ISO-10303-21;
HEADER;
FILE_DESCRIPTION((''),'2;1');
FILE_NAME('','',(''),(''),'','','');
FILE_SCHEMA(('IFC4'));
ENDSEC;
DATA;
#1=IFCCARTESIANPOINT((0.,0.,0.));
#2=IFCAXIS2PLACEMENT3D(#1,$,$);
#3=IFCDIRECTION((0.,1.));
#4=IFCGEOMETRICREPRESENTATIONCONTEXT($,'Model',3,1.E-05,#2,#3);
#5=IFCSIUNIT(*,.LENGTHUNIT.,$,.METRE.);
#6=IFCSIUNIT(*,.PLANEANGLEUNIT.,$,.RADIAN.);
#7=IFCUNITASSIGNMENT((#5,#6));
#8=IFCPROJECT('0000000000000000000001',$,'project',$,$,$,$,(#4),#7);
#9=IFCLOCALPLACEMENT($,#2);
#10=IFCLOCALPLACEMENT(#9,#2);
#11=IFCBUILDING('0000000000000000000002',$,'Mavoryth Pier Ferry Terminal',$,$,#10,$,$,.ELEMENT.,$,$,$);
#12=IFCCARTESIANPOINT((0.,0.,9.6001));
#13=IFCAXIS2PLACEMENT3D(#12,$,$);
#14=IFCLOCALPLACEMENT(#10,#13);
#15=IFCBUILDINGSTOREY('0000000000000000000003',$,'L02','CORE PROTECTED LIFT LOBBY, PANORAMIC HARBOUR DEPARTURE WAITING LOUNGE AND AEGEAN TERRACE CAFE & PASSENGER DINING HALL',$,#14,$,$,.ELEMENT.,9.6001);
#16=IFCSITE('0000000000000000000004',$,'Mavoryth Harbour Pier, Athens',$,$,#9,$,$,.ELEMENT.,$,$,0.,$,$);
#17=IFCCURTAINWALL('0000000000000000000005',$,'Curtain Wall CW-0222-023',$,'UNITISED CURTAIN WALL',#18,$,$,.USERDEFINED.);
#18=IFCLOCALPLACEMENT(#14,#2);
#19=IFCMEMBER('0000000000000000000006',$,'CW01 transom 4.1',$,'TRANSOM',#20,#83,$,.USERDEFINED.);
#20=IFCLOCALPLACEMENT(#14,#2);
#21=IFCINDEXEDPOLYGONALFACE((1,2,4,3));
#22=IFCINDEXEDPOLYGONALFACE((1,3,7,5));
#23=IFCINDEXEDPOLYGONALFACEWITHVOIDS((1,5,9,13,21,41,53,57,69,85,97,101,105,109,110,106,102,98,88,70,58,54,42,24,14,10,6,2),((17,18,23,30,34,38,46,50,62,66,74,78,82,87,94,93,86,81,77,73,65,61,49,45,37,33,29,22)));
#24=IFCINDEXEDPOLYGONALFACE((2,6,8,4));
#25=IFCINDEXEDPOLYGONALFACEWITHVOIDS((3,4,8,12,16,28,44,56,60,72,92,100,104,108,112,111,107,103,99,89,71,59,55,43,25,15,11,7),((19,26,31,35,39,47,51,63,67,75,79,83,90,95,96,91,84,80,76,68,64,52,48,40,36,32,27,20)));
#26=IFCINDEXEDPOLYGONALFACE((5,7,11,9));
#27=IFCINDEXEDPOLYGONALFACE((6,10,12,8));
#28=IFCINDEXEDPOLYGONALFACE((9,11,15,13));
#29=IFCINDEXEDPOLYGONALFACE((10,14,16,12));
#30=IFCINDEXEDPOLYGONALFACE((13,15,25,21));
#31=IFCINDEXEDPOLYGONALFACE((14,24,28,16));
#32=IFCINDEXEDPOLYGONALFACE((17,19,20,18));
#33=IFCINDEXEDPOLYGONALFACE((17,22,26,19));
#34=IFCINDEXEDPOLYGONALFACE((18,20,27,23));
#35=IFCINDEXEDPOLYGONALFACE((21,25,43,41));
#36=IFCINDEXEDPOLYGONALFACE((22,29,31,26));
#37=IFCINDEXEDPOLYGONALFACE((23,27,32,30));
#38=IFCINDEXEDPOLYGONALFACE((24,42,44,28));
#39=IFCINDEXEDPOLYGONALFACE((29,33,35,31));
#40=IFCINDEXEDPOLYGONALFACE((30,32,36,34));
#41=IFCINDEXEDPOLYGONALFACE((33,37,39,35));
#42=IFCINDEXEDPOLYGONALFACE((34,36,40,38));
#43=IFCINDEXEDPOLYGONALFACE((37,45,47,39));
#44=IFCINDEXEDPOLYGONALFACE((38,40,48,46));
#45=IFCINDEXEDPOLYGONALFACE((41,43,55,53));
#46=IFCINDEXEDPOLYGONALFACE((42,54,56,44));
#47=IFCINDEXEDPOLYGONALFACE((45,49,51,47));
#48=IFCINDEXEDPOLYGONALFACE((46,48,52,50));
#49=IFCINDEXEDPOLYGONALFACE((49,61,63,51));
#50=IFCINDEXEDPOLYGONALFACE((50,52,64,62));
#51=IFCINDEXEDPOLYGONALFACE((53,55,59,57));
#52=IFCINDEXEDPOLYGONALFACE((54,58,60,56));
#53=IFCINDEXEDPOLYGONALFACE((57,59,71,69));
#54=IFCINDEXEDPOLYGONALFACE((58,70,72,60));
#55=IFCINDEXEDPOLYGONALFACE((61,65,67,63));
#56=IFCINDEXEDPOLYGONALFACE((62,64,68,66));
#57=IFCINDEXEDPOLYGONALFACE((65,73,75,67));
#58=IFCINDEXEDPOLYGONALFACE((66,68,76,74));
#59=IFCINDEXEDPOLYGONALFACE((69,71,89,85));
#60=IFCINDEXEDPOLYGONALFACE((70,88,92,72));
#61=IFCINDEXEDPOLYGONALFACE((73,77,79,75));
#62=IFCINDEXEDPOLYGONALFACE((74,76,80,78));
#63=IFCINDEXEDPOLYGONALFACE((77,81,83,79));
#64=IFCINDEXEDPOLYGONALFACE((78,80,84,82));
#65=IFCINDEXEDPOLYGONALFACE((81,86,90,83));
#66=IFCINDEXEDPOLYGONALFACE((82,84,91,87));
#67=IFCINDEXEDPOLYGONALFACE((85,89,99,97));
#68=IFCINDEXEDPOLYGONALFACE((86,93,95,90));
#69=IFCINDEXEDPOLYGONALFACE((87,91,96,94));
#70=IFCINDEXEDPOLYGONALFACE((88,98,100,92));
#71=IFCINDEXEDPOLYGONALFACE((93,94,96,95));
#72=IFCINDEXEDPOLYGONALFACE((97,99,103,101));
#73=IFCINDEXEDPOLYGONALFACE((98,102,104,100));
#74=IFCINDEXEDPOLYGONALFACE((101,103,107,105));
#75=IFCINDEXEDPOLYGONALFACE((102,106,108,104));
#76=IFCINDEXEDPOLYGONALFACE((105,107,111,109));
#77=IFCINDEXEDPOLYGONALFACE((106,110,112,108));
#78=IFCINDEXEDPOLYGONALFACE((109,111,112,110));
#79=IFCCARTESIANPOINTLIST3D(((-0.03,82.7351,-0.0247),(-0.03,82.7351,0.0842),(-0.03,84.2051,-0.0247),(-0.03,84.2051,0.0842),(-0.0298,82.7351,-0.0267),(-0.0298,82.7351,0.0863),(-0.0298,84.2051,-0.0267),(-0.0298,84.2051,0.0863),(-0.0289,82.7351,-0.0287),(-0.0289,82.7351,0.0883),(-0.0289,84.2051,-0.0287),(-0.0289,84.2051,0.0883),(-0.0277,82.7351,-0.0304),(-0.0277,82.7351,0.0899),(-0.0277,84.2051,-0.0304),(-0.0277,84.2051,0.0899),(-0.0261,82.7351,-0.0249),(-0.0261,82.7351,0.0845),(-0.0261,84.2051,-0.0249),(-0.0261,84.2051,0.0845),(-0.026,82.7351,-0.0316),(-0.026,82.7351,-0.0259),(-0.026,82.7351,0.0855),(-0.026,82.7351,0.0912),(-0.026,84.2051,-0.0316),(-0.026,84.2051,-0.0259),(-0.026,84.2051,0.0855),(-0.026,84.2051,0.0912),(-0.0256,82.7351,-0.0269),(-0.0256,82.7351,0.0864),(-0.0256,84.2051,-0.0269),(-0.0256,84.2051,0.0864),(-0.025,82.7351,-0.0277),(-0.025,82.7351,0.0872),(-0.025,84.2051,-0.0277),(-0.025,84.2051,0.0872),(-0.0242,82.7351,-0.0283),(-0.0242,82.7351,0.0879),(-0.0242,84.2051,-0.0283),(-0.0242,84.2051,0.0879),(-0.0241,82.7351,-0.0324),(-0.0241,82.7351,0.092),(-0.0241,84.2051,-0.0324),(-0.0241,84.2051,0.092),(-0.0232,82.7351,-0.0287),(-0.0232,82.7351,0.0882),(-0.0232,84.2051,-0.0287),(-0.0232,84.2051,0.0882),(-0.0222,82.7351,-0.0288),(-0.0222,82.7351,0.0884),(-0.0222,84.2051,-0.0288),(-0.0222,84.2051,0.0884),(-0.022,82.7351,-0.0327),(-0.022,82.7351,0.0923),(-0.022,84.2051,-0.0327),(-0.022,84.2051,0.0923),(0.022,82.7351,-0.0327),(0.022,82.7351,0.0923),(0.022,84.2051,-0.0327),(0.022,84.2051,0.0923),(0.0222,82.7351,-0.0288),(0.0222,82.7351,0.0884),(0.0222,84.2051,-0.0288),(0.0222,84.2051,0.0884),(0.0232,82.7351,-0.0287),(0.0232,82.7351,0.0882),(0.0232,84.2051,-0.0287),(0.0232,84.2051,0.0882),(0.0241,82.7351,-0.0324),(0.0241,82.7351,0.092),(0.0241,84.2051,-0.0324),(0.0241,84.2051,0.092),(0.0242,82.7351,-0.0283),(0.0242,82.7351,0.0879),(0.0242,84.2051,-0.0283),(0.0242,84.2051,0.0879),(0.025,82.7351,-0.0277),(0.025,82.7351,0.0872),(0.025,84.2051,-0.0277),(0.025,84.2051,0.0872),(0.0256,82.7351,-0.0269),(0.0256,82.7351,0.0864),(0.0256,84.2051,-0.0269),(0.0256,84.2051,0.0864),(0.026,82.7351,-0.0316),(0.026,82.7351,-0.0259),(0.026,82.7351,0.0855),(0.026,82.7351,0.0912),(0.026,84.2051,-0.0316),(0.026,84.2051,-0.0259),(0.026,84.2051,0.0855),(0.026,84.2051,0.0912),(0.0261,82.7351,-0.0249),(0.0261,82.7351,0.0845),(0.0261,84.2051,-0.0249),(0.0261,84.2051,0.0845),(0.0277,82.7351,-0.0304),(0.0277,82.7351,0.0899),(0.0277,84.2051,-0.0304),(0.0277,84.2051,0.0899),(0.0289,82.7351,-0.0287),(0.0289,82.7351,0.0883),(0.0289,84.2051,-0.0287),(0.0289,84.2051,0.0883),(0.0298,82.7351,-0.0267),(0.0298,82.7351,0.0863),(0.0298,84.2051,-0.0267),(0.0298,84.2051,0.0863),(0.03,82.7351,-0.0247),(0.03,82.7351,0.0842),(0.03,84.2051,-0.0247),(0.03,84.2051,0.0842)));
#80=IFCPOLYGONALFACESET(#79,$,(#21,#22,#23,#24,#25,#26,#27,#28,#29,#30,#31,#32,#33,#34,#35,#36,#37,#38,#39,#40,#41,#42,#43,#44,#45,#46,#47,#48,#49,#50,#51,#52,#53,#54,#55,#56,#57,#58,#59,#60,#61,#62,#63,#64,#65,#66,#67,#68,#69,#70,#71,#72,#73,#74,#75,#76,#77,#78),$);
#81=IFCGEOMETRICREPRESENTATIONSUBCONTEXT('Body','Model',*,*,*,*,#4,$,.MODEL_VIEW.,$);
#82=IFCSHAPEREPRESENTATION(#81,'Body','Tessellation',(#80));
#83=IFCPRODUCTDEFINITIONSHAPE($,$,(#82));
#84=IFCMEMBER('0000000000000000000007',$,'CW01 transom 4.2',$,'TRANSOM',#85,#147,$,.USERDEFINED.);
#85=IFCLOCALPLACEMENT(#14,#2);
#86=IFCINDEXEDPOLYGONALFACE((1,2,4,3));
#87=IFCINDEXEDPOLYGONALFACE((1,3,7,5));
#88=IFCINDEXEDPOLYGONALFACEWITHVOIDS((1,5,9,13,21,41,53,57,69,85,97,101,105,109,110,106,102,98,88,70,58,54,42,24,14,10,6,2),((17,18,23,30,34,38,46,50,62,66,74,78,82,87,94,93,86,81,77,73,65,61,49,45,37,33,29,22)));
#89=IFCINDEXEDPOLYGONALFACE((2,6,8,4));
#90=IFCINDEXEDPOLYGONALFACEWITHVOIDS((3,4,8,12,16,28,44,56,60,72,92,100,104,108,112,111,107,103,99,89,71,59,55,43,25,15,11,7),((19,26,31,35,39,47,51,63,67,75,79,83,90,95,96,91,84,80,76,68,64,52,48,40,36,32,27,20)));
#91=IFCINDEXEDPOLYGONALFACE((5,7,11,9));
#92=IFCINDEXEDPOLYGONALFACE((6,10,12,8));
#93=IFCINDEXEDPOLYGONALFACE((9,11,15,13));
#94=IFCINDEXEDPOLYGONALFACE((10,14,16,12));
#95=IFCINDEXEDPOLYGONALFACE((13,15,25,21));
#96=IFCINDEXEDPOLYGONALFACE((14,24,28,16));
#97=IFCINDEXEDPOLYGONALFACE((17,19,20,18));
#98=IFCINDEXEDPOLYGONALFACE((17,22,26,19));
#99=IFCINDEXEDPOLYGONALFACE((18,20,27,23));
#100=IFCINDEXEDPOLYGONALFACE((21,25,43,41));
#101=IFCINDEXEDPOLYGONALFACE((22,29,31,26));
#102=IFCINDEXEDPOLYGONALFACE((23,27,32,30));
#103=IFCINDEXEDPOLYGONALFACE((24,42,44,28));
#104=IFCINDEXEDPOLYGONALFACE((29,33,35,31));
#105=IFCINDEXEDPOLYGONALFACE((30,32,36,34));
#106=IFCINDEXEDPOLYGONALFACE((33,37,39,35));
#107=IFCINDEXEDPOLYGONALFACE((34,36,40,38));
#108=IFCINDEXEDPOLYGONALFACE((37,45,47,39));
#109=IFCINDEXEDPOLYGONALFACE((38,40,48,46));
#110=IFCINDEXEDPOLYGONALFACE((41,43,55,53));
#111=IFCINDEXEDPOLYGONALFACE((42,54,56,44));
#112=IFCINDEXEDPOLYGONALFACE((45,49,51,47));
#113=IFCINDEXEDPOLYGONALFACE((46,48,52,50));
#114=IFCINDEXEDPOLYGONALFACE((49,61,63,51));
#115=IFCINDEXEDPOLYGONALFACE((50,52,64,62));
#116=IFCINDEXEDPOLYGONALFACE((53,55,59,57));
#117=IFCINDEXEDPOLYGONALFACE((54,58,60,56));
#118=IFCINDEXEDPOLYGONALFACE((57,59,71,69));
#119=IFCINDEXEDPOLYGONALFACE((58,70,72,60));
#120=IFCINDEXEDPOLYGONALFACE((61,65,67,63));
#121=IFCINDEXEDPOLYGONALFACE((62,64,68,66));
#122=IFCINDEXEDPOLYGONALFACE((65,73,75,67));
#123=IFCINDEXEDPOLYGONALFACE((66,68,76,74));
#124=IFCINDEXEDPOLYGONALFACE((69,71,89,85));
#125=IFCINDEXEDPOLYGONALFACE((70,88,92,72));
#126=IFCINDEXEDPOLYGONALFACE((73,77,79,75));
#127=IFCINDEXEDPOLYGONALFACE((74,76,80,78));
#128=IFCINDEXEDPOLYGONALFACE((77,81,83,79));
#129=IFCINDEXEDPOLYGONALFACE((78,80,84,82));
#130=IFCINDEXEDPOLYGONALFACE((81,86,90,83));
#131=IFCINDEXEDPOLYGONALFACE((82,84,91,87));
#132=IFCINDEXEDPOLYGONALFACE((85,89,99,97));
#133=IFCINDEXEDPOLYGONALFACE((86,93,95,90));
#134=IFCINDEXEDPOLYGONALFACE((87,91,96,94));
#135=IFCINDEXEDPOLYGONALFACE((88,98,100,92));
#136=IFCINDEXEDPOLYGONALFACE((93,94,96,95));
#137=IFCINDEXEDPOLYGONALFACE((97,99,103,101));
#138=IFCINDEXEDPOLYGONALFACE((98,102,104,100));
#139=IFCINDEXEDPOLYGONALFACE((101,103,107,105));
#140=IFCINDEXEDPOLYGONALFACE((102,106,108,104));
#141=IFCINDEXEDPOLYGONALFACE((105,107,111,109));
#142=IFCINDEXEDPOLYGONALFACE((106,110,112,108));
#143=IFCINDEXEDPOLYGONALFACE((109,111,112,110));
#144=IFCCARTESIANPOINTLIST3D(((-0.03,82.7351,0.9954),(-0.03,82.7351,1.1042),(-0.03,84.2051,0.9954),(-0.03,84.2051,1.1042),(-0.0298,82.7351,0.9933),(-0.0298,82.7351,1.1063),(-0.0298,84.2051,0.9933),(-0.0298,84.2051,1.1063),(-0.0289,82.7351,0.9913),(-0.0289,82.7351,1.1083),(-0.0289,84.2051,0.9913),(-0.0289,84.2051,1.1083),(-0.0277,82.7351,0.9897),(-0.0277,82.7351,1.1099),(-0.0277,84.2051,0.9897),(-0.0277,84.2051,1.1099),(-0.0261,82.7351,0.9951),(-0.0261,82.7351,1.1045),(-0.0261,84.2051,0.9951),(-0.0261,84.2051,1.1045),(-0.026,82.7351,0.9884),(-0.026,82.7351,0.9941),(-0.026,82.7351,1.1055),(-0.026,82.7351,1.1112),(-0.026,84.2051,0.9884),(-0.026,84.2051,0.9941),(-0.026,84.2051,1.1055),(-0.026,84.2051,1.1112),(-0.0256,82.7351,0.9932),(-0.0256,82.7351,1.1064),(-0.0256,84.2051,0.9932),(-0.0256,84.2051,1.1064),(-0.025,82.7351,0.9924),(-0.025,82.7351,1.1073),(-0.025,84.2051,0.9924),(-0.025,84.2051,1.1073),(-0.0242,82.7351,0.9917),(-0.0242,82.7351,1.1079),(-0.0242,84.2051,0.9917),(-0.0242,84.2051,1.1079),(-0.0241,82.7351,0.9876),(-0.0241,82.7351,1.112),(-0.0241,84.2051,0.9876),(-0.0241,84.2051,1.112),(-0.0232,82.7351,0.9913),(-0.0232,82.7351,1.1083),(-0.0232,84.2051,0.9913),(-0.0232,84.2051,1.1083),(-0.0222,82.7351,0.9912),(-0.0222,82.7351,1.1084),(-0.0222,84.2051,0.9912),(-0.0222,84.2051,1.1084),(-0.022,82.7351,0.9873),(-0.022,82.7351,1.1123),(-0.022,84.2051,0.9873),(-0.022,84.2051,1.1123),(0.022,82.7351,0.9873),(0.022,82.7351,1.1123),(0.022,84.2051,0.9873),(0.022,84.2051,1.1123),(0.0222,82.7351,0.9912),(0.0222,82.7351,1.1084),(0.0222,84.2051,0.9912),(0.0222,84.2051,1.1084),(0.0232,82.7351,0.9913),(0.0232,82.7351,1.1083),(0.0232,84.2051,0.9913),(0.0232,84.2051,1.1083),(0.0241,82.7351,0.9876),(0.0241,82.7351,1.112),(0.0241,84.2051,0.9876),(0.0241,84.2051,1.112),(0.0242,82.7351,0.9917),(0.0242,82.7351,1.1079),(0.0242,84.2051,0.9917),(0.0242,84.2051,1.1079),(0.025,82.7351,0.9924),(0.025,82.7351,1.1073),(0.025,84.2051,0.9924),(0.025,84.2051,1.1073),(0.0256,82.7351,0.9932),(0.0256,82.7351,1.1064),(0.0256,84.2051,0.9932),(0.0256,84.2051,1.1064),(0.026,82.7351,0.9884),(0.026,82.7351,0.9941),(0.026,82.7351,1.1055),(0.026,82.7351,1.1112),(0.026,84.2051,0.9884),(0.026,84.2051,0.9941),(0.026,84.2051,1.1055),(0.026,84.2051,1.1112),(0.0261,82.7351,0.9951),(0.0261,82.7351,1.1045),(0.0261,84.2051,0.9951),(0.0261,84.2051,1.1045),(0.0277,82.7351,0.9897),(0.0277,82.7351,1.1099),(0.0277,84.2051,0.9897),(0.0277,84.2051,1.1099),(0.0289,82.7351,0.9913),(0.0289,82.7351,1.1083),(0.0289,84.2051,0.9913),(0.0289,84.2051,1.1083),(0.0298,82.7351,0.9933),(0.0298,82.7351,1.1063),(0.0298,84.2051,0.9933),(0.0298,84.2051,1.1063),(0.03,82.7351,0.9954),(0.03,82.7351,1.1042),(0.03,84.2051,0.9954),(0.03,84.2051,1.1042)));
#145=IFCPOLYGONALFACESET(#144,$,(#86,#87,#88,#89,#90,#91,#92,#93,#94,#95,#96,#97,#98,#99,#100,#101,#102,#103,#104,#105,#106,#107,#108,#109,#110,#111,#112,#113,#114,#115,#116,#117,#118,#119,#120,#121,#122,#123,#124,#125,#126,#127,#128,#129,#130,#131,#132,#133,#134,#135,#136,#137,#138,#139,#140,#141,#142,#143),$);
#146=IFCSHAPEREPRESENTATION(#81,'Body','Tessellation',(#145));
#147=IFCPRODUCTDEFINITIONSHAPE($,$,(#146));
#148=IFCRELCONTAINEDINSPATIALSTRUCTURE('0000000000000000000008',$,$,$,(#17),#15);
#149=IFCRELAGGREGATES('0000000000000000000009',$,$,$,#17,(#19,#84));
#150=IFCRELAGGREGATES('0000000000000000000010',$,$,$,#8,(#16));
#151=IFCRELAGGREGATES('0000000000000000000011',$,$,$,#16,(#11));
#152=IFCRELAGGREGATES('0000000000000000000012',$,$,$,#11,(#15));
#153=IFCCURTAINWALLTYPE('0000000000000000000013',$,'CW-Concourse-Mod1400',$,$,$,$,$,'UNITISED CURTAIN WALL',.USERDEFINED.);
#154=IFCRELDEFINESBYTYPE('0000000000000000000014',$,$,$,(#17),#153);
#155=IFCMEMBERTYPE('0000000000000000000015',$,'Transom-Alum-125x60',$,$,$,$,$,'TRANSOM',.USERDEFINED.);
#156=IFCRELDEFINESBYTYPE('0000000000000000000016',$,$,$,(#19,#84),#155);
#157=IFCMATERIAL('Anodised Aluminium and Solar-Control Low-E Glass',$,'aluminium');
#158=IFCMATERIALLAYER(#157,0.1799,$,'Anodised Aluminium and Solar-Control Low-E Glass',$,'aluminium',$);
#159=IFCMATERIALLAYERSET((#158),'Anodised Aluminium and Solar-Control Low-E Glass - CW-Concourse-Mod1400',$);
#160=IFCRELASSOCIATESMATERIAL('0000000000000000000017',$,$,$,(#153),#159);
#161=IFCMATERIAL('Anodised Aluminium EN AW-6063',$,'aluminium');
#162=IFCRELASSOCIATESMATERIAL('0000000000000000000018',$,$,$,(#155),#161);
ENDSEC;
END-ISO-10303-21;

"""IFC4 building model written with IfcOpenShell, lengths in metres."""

from ifc_helpers import new_model, si_unit, direction, frame, origin, origin_2d, place, context, subcontext, project, spatial, hollow_rectangle, extrude, material, layer, layer_set, material_profile, profile_set, type_object, element, aggregate, save


model = new_model("IFC4")

# Units and contexts
model_context = context("Model", 3, precision=1e-05, world=origin(), true_north=direction((0.0, 1.0)))
body_context = subcontext(model_context, "Body", "Model", "MODEL_VIEW")
ifc_project = project(units=[si_unit("LENGTHUNIT", "METRE"), si_unit("PLANEANGLEUNIT", "RADIAN")], contexts=[model_context])

# Site, building, storey
site_placement = place(None, origin())
site = spatial("IfcSite", under=ifc_project, at=site_placement, Name="Mavoryth Harbour Pier, Athens", CompositionType="ELEMENT", RefElevation=0.0)
building_placement = place(site_placement, origin())
building = spatial("IfcBuilding", under=site, at=building_placement, Name="Mavoryth Pier Ferry Terminal", CompositionType="ELEMENT")
storey_placement = place(building_placement, frame((0.0, 0.0, 9.6001)))
storey = spatial("IfcBuildingStorey", under=building, at=storey_placement, Name="L02", Description="CORE PROTECTED LIFT LOBBY, PANORAMIC HARBOUR DEPARTURE WAITING LOUNGE AND AEGEAN TERRACE CAFE & PASSENGER DINING HALL", CompositionType="ELEMENT", Elevation=9.6001)

# Curtain wall
ifc_material_1 = material(Name="Anodised Aluminium and Solar-Control Low-E Glass", Category="aluminium")
ifc_layer_1 = layer(ifc_material_1, 0.1799, Name="Anodised Aluminium and Solar-Control Low-E Glass", Category="aluminium")
ifc_layer_set_1 = layer_set([ifc_layer_1], Name="Anodised Aluminium and Solar-Control Low-E Glass - CW-Concourse-Mod1400")
curtain_wall_type = type_object("IfcCurtainWallType", Name="CW-Concourse-Mod1400", ElementType="UNITISED CURTAIN WALL", PredefinedType="USERDEFINED", material=ifc_layer_set_1)
curtain_wall_placement = place(storey_placement, origin())
curtain_wall = element("IfcCurtainWall", 1, at=curtain_wall_placement, inside=storey, type_object=curtain_wall_type, Name="Curtain Wall CW-0222-023", ObjectType="UNITISED CURTAIN WALL", PredefinedType="USERDEFINED")
ifc_material_2 = material(Name="Anodised Aluminium EN AW-6063", Category="aluminium")

# Members
ifc_material_profile_1 = material_profile(ifc_material_2, hollow_rectangle(XDim=0.0601, YDim=0.125, WallThickness=0.0039, InnerFilletRadius=0.0039, OuterFilletRadius=0.0081, at=origin_2d()), Name="AL-TRAN 125x60x4", Category="aluminium")
ifc_profile_set_1 = profile_set([ifc_material_profile_1], Name="Anodised Aluminium EN AW-6063 - AL-TRAN 125x60x4")
member_type_1 = type_object("IfcMemberType", Name="Transom-Alum-125x60", ElementType="TRANSOM", PredefinedType="USERDEFINED", material=ifc_profile_set_1)
member_1_placement = place(storey_placement, frame((0.0, 84.2051, 0.0298), z_axis=(0.0, -1.0, 0.0), x_axis=(1.0, 0.0, 0.0)))
member_1 = element("IfcMember", 2, at=member_1_placement, type_object=member_type_1, Name="CW01 transom 4.1", ObjectType="TRANSOM", PredefinedType="USERDEFINED", context=body_context, shape_type="SweptSolid", body=[
    extrude(hollow_rectangle(XDim=0.0601, YDim=0.125, WallThickness=0.0039, InnerFilletRadius=0.0039, OuterFilletRadius=0.0081, at=origin_2d()), origin(), (0.0, 0.0, 1.0), 1.47),
])
member_2_placement = place(storey_placement, frame((0.0, 84.2051, 1.0498), z_axis=(0.0, -1.0, 0.0), x_axis=(1.0, 0.0, 0.0)))
member_2 = element("IfcMember", 3, at=member_2_placement, type_object=member_type_1, Name="CW01 transom 4.2", ObjectType="TRANSOM", PredefinedType="USERDEFINED", context=body_context, shape_type="SweptSolid", body=[
    extrude(hollow_rectangle(XDim=0.0601, YDim=0.125, WallThickness=0.0039, InnerFilletRadius=0.0039, OuterFilletRadius=0.0081, at=origin_2d()), origin(), (0.0, 0.0, 1.0), 1.47),
])

aggregate(curtain_wall, [member_1, member_2])

save(model, "model.ifc")
